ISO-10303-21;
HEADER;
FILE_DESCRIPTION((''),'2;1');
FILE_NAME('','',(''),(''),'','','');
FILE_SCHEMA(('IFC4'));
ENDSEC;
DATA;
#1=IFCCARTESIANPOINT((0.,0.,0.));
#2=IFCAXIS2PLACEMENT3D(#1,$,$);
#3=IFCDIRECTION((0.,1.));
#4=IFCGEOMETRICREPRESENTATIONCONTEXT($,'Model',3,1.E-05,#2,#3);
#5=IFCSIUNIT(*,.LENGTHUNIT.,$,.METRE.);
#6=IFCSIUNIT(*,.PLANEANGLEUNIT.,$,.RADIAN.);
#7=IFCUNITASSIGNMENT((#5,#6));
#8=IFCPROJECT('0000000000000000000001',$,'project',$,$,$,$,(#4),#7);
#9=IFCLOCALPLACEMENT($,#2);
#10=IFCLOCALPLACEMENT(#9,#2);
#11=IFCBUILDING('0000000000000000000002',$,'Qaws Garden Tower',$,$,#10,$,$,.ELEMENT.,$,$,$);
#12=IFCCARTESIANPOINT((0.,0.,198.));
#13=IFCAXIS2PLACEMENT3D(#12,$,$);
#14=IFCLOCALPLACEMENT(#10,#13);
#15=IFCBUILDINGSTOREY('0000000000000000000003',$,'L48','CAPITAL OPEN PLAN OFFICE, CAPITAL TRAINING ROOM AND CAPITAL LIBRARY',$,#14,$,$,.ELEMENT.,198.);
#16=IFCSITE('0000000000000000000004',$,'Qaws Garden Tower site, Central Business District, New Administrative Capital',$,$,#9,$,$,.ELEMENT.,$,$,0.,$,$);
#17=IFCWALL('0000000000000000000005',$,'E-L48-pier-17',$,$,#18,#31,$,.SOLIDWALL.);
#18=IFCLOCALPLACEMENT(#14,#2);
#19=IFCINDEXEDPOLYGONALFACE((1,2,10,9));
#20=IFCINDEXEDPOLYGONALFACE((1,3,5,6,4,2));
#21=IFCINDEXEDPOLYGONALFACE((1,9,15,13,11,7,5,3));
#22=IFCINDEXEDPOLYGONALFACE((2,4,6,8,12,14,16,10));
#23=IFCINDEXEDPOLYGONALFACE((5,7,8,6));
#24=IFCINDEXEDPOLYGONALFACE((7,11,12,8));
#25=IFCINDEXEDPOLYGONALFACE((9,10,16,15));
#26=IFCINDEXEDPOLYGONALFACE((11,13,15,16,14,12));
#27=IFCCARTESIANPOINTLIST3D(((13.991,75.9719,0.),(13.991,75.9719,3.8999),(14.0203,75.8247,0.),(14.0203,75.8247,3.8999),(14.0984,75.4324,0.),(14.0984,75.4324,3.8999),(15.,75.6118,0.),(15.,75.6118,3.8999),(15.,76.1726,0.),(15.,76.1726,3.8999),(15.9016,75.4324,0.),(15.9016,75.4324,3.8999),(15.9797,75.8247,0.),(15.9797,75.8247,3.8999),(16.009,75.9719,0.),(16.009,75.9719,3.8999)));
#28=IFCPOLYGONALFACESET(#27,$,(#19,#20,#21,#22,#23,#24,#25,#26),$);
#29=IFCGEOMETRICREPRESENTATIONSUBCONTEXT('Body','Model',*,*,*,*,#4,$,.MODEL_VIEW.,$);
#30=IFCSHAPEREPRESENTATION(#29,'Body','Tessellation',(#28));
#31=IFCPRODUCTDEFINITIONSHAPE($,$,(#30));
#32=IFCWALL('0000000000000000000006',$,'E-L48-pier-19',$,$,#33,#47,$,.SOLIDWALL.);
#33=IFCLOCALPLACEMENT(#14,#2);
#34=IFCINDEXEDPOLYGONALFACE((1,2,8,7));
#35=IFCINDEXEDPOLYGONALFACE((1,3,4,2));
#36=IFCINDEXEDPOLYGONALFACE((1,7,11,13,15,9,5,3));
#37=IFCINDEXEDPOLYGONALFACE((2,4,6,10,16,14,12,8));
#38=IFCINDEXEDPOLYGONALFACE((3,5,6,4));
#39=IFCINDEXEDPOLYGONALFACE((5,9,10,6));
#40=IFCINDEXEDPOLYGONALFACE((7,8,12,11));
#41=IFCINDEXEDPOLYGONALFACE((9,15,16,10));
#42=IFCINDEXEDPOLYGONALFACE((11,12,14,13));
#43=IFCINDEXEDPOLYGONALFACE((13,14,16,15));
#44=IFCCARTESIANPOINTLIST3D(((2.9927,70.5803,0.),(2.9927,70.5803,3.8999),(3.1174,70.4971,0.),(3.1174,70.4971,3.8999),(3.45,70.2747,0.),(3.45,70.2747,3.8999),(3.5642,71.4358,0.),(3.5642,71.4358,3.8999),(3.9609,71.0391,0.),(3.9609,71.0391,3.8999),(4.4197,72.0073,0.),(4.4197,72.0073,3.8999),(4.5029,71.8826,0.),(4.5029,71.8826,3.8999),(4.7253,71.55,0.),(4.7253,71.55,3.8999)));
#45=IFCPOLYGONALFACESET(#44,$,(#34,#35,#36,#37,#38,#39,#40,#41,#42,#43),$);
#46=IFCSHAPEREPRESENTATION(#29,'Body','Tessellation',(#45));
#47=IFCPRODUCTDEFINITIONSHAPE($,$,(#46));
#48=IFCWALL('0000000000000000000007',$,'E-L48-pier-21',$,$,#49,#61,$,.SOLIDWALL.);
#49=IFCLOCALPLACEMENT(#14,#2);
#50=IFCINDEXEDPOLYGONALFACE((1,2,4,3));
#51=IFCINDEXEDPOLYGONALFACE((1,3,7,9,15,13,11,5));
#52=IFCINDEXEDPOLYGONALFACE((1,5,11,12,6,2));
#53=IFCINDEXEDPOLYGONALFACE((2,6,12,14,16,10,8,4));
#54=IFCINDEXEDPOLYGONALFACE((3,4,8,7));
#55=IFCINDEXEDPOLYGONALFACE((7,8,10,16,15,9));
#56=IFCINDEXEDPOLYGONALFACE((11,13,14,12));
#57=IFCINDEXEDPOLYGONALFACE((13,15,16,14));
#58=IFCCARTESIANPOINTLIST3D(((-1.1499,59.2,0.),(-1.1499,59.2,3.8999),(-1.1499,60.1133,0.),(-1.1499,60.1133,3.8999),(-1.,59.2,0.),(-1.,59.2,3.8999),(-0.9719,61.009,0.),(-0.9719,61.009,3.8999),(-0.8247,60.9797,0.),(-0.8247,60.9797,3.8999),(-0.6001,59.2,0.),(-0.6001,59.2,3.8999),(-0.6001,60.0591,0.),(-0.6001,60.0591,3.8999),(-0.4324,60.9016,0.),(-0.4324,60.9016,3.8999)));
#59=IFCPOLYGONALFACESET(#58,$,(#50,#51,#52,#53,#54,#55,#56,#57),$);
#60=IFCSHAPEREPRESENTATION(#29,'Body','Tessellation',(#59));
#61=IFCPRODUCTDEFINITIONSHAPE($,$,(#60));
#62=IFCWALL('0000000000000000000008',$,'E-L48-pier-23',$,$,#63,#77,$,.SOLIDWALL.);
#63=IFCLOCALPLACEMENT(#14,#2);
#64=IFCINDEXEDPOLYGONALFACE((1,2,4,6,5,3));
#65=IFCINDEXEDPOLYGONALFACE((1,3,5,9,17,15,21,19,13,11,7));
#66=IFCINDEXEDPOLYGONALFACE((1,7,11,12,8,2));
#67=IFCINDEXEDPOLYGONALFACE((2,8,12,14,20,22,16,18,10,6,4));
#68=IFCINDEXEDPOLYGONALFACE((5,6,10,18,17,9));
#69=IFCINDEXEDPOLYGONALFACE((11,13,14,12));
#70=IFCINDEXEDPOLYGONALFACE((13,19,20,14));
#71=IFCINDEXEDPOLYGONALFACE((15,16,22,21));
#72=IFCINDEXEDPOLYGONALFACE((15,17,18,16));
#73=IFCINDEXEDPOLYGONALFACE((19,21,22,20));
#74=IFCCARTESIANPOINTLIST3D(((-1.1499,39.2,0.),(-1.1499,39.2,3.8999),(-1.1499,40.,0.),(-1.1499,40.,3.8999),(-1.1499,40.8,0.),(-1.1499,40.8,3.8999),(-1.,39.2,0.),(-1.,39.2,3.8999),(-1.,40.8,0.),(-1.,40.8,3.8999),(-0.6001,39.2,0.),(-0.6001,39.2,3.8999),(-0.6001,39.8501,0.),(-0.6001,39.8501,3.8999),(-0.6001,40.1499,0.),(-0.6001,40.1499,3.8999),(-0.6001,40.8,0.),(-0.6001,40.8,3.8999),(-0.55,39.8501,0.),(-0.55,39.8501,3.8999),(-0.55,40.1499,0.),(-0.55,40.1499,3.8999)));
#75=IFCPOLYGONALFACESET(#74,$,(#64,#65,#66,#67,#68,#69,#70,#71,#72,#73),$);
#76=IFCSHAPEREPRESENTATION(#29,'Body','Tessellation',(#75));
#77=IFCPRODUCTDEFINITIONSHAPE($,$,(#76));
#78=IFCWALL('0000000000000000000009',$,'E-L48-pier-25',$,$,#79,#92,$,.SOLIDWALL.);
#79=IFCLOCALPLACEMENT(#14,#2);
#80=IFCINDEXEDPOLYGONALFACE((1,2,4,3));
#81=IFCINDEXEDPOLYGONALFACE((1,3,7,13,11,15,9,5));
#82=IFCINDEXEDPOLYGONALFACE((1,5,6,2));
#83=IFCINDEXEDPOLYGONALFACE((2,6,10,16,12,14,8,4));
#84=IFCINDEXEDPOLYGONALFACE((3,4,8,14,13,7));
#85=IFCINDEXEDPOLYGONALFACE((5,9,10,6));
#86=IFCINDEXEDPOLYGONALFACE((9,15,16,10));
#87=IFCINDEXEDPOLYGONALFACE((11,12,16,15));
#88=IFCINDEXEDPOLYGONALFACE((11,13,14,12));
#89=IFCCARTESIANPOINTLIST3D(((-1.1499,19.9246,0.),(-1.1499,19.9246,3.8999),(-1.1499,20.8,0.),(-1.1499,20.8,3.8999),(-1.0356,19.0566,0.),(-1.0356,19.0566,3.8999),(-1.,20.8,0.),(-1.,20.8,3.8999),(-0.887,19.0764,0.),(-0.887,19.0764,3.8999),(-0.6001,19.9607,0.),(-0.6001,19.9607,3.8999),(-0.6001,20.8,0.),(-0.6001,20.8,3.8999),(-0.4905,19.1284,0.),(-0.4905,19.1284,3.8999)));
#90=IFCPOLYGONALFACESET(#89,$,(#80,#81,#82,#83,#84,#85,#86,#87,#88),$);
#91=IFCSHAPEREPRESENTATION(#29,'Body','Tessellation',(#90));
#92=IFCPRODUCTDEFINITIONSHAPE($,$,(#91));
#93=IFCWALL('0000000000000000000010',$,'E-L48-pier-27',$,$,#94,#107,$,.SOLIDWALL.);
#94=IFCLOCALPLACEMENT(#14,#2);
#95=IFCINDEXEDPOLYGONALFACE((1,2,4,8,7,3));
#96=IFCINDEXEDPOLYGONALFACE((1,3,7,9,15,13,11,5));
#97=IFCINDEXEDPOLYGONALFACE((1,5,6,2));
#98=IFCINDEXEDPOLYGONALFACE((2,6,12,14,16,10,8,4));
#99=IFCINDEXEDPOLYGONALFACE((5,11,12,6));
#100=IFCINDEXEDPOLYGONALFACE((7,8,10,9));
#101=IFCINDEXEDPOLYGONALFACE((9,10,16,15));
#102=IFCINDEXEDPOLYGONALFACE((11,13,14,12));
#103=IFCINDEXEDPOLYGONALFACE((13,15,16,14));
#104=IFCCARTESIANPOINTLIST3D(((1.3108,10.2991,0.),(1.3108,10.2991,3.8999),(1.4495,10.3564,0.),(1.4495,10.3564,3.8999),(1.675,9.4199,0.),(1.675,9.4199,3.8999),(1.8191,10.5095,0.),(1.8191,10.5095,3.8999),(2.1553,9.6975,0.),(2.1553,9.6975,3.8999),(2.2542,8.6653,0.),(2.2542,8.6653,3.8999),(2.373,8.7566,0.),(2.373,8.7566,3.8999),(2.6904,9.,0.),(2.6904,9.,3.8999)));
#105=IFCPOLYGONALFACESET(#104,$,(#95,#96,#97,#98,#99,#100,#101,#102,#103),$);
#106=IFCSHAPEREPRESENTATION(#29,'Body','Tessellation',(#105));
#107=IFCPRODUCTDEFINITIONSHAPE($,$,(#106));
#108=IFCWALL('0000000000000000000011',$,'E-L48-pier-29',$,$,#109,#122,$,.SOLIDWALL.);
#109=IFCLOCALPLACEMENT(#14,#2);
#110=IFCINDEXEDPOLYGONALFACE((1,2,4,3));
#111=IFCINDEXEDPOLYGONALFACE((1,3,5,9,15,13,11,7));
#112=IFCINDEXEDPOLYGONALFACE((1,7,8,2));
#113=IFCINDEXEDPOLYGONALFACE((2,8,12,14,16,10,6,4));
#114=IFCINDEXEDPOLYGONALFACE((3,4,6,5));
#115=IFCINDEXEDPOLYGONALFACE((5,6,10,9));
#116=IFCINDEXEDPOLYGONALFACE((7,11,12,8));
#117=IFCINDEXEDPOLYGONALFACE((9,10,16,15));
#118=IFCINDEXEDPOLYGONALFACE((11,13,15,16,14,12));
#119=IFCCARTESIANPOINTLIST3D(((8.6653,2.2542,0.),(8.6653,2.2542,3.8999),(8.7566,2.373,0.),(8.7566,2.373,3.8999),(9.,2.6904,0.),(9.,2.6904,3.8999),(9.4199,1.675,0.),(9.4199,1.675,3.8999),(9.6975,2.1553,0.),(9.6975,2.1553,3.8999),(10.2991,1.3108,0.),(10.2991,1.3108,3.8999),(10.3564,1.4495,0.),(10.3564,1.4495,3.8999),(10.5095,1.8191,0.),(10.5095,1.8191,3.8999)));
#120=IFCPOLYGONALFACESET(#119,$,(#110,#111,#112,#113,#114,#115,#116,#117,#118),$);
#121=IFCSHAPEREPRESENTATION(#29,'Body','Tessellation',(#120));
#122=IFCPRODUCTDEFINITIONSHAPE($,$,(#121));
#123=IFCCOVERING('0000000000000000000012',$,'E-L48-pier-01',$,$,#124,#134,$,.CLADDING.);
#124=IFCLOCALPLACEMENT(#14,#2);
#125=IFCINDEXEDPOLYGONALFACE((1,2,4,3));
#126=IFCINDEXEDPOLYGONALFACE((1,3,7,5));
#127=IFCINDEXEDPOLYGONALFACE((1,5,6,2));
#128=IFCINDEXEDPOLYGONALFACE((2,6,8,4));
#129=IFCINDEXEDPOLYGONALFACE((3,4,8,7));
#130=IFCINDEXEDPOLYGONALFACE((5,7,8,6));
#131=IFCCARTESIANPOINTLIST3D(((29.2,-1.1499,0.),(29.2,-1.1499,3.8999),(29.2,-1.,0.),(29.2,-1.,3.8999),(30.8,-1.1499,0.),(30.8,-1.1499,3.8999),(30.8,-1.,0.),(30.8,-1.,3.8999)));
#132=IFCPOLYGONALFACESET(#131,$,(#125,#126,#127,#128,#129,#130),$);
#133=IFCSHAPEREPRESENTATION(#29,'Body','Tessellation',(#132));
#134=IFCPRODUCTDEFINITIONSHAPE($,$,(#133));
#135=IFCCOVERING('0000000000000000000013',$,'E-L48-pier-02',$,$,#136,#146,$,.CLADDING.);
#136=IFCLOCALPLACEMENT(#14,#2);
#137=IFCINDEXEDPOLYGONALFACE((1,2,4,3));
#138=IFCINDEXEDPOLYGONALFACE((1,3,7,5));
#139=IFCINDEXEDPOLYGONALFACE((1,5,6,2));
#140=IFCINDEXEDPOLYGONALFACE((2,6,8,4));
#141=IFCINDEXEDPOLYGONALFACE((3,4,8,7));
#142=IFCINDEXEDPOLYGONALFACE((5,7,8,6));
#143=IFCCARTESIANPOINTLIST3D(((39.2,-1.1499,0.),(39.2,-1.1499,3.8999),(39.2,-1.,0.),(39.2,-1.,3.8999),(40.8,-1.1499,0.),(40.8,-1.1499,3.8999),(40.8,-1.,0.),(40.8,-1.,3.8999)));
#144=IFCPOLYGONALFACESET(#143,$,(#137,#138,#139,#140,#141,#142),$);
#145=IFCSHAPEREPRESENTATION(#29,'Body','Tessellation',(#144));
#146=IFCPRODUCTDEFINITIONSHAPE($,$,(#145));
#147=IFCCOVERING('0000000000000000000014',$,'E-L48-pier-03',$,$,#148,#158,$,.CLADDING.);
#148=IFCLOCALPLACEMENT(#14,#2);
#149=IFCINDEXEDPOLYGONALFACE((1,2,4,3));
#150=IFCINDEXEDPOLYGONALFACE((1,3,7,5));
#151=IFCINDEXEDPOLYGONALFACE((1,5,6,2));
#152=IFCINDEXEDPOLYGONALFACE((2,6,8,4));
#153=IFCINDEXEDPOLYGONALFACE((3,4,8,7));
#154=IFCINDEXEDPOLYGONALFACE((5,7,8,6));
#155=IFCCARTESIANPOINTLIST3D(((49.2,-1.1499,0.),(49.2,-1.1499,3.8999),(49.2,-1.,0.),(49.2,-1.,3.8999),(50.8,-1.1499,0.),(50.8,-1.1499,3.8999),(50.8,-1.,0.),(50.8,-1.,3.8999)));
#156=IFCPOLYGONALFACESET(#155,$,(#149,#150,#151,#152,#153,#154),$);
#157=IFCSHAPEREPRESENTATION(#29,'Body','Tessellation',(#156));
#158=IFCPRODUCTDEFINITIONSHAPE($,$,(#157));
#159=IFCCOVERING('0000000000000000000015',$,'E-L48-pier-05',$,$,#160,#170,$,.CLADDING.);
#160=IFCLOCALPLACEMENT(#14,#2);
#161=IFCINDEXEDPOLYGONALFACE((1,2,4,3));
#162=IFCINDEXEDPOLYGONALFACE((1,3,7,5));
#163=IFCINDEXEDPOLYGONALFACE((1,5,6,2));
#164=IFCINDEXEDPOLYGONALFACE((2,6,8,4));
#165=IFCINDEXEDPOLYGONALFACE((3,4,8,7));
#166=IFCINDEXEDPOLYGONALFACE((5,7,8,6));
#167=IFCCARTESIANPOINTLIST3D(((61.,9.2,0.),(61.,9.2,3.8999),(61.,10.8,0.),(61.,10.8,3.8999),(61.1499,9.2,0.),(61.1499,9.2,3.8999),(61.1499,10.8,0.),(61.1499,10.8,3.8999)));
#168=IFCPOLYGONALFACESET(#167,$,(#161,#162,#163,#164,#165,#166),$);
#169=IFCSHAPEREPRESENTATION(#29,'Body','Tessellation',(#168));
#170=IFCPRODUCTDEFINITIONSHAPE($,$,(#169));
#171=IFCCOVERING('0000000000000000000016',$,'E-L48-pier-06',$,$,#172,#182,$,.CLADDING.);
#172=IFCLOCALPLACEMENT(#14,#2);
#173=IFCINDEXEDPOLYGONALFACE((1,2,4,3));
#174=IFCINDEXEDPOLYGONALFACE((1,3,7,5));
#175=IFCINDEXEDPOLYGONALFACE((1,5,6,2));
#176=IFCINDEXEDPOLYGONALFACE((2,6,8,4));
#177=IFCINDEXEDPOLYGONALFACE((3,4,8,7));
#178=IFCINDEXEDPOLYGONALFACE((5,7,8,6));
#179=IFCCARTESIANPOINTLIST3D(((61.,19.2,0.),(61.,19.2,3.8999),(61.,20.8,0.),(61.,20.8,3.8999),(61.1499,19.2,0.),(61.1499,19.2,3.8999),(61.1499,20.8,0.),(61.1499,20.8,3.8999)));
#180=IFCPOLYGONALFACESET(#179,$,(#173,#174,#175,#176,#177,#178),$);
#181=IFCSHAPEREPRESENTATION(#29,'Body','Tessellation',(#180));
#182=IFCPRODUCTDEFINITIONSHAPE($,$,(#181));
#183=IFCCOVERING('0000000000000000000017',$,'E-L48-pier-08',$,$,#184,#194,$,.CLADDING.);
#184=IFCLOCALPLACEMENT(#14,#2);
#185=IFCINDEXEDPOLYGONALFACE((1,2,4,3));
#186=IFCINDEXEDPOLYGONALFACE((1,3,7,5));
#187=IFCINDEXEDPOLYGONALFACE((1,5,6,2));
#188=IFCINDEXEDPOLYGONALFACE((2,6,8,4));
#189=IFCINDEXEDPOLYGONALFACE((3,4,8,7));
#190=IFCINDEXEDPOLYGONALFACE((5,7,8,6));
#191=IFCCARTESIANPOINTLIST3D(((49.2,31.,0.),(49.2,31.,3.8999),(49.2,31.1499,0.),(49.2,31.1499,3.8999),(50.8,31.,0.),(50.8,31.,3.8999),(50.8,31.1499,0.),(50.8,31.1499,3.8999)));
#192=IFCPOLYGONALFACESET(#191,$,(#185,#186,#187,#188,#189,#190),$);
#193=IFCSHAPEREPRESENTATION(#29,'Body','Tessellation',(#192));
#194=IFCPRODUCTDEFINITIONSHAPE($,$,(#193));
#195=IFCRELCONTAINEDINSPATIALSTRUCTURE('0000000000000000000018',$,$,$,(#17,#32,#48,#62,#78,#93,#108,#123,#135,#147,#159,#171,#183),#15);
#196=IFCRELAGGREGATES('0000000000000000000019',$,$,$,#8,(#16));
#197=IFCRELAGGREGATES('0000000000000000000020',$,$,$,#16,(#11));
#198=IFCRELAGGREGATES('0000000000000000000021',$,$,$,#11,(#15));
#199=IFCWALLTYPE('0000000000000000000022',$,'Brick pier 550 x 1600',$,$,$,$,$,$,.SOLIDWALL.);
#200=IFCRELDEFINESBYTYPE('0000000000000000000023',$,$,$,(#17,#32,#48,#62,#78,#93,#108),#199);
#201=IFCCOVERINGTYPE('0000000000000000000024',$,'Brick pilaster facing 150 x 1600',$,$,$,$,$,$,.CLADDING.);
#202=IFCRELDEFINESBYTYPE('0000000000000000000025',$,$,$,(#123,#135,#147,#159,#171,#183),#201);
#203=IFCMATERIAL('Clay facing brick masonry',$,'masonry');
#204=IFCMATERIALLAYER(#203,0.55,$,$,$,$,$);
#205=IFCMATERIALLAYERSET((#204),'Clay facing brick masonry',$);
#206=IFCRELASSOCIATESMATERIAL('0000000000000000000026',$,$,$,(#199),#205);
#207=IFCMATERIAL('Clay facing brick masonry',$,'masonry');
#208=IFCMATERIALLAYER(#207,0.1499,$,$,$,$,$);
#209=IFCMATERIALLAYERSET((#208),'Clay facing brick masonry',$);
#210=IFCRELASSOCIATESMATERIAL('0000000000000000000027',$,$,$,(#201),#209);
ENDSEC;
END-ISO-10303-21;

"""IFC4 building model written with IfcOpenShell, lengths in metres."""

from ifc_helpers import new_model, si_unit, direction, frame, origin, place, context, subcontext, project, spatial, polyline, outline, extrude, material, layer, layer_set, type_object, element, save


model = new_model("IFC4")

# Units and contexts
model_context = context("Model", 3, precision=1e-05, world=origin(), true_north=direction((0.0, 1.0)))
body_context = subcontext(model_context, "Body", "Model", "MODEL_VIEW")
ifc_project = project(units=[si_unit("LENGTHUNIT", "METRE"), si_unit("PLANEANGLEUNIT", "RADIAN")], contexts=[model_context])

# Site, building, storey
site_placement = place(None, origin())
site = spatial("IfcSite", under=ifc_project, at=site_placement, Name="Qaws Garden Tower site, Central Business District, New Administrative Capital", CompositionType="ELEMENT", RefElevation=0.0)
building_placement = place(site_placement, origin())
building = spatial("IfcBuilding", under=site, at=building_placement, Name="Qaws Garden Tower", CompositionType="ELEMENT")
storey_placement = place(building_placement, frame((0.0, 0.0, 198.0)))
storey = spatial("IfcBuildingStorey", under=building, at=storey_placement, Name="L48", Description="CAPITAL OPEN PLAN OFFICE, CAPITAL TRAINING ROOM AND CAPITAL LIBRARY", CompositionType="ELEMENT", Elevation=198.0)

# Walls
placement = place(storey_placement, origin())
ifc_material_1 = material(Name="Clay facing brick masonry", Category="masonry")
ifc_layer_1 = layer(ifc_material_1, 0.55)
ifc_layer_set_1 = layer_set([ifc_layer_1], Name="Clay facing brick masonry")
wall_type_1 = type_object("IfcWallType", Name="Brick pier 550 x 1600", PredefinedType="SOLIDWALL", material=ifc_layer_set_1)
element("IfcWall", 1, at=placement, inside=storey, type_object=wall_type_1, Name="E-L48-pier-17", PredefinedType="SOLIDWALL", context=body_context, shape_type="SweptSolid", body=[
    extrude(outline(polyline([(15.9797, 75.8247), (16.009, 75.9719), (15.0, 76.1726), (13.991, 75.9719), (14.0203, 75.8247), (14.0984, 75.4324), (15.0, 75.6118), (15.9016, 75.4324), (15.9797, 75.8247)])), origin(), (0.0, 0.0, 1.0), 3.8999),
])
element("IfcWall", 2, at=placement, inside=storey, type_object=wall_type_1, Name="E-L48-pier-19", PredefinedType="SOLIDWALL", context=body_context, shape_type="SweptSolid", body=[
    extrude(outline(polyline([(4.5029, 71.8826), (4.4197, 72.0073), (3.5642, 71.4358), (2.9927, 70.5803), (3.1174, 70.4971), (3.45, 70.2747), (3.9609, 71.0391), (4.7253, 71.55), (4.5029, 71.8826)])), origin(), (0.0, 0.0, 1.0), 3.8999),
])
element("IfcWall", 3, at=placement, inside=storey, type_object=wall_type_1, Name="E-L48-pier-21", PredefinedType="SOLIDWALL", context=body_context, shape_type="SweptSolid", body=[
    extrude(outline(polyline([(-0.8247, 60.9797), (-0.9719, 61.009), (-1.1499, 60.1133), (-1.1499, 59.2), (-1.0, 59.2), (-0.6001, 59.2), (-0.6001, 60.0591), (-0.4324, 60.9016), (-0.8247, 60.9797)])), origin(), (0.0, 0.0, 1.0), 3.8999),
])
element("IfcWall", 4, at=placement, inside=storey, type_object=wall_type_1, Name="E-L48-pier-23", PredefinedType="SOLIDWALL", context=body_context, shape_type="SweptSolid", body=[
    extrude(outline(polyline([(-0.6001, 39.2), (-0.6001, 39.8501), (-0.55, 39.8501), (-0.55, 40.1499), (-0.6001, 40.1499), (-0.6001, 40.8), (-1.0, 40.8), (-1.1499, 40.8), (-1.1499, 40.0), (-1.1499, 39.2), (-1.0, 39.2), (-0.6001, 39.2)])), origin(), (0.0, 0.0, 1.0), 3.8999),
])
element("IfcWall", 5, at=placement, inside=storey, type_object=wall_type_1, Name="E-L48-pier-25", PredefinedType="SOLIDWALL", context=body_context, shape_type="SweptSolid", body=[
    extrude(outline(polyline([(-1.0, 20.8), (-1.1499, 20.8), (-1.1499, 19.9246), (-1.0356, 19.0566), (-0.887, 19.0764), (-0.4905, 19.1284), (-0.6001, 19.9607), (-0.6001, 20.8), (-1.0, 20.8)])), origin(), (0.0, 0.0, 1.0), 3.8999),
])
element("IfcWall", 6, at=placement, inside=storey, type_object=wall_type_1, Name="E-L48-pier-27", PredefinedType="SOLIDWALL", context=body_context, shape_type="SweptSolid", body=[
    extrude(outline(polyline([(1.4495, 10.3564), (1.3108, 10.2991), (1.675, 9.4199), (2.2542, 8.6653), (2.373, 8.7566), (2.6904, 9.0), (2.1553, 9.6975), (1.8191, 10.5095), (1.4495, 10.3564)])), origin(), (0.0, 0.0, 1.0), 3.8999),
])
element("IfcWall", 7, at=placement, inside=storey, type_object=wall_type_1, Name="E-L48-pier-29", PredefinedType="SOLIDWALL", context=body_context, shape_type="SweptSolid", body=[
    extrude(outline(polyline([(8.7566, 2.373), (8.6653, 2.2542), (9.4199, 1.675), (10.2991, 1.3108), (10.3564, 1.4495), (10.5095, 1.8191), (9.6975, 2.1553), (9.0, 2.6904), (8.7566, 2.373)])), origin(), (0.0, 0.0, 1.0), 3.8999),
])

# Coverings
ifc_material_2 = material(Name="Clay facing brick masonry", Category="masonry")
ifc_layer_2 = layer(ifc_material_2, 0.1499)
ifc_layer_set_2 = layer_set([ifc_layer_2], Name="Clay facing brick masonry")
covering_type = type_object("IfcCoveringType", Name="Brick pilaster facing 150 x 1600", PredefinedType="CLADDING", material=ifc_layer_set_2)
element("IfcCovering", 8, at=placement, inside=storey, type_object=covering_type, Name="E-L48-pier-01", PredefinedType="CLADDING", context=body_context, shape_type="SweptSolid", body=[
    extrude(outline(polyline([(29.2, -1.0), (30.8, -1.0), (30.8, -1.1499), (29.2, -1.1499), (29.2, -1.0)])), origin(), (0.0, 0.0, 1.0), 3.8999),
])
element("IfcCovering", 9, at=placement, inside=storey, type_object=covering_type, Name="E-L48-pier-02", PredefinedType="CLADDING", context=body_context, shape_type="SweptSolid", body=[
    extrude(outline(polyline([(39.2, -1.0), (40.8, -1.0), (40.8, -1.1499), (39.2, -1.1499), (39.2, -1.0)])), origin(), (0.0, 0.0, 1.0), 3.8999),
])
element("IfcCovering", 10, at=placement, inside=storey, type_object=covering_type, Name="E-L48-pier-03", PredefinedType="CLADDING", context=body_context, shape_type="SweptSolid", body=[
    extrude(outline(polyline([(49.2, -1.0), (50.8, -1.0), (50.8, -1.1499), (49.2, -1.1499), (49.2, -1.0)])), origin(), (0.0, 0.0, 1.0), 3.8999),
])
element("IfcCovering", 11, at=placement, inside=storey, type_object=covering_type, Name="E-L48-pier-05", PredefinedType="CLADDING", context=body_context, shape_type="SweptSolid", body=[
    extrude(outline(polyline([(61.0, 9.2), (61.0, 10.8), (61.1499, 10.8), (61.1499, 9.2), (61.0, 9.2)])), origin(), (0.0, 0.0, 1.0), 3.8999),
])
element("IfcCovering", 12, at=placement, inside=storey, type_object=covering_type, Name="E-L48-pier-06", PredefinedType="CLADDING", context=body_context, shape_type="SweptSolid", body=[
    extrude(outline(polyline([(61.0, 19.2), (61.0, 20.8), (61.1499, 20.8), (61.1499, 19.2), (61.0, 19.2)])), origin(), (0.0, 0.0, 1.0), 3.8999),
])
element("IfcCovering", 13, at=placement, inside=storey, type_object=covering_type, Name="E-L48-pier-08", PredefinedType="CLADDING", context=body_context, shape_type="SweptSolid", body=[
    extrude(outline(polyline([(50.8, 31.0), (49.2, 31.0), (49.2, 31.1499), (50.8, 31.1499), (50.8, 31.0)])), origin(), (0.0, 0.0, 1.0), 3.8999),
])

save(model, "model.ifc")
